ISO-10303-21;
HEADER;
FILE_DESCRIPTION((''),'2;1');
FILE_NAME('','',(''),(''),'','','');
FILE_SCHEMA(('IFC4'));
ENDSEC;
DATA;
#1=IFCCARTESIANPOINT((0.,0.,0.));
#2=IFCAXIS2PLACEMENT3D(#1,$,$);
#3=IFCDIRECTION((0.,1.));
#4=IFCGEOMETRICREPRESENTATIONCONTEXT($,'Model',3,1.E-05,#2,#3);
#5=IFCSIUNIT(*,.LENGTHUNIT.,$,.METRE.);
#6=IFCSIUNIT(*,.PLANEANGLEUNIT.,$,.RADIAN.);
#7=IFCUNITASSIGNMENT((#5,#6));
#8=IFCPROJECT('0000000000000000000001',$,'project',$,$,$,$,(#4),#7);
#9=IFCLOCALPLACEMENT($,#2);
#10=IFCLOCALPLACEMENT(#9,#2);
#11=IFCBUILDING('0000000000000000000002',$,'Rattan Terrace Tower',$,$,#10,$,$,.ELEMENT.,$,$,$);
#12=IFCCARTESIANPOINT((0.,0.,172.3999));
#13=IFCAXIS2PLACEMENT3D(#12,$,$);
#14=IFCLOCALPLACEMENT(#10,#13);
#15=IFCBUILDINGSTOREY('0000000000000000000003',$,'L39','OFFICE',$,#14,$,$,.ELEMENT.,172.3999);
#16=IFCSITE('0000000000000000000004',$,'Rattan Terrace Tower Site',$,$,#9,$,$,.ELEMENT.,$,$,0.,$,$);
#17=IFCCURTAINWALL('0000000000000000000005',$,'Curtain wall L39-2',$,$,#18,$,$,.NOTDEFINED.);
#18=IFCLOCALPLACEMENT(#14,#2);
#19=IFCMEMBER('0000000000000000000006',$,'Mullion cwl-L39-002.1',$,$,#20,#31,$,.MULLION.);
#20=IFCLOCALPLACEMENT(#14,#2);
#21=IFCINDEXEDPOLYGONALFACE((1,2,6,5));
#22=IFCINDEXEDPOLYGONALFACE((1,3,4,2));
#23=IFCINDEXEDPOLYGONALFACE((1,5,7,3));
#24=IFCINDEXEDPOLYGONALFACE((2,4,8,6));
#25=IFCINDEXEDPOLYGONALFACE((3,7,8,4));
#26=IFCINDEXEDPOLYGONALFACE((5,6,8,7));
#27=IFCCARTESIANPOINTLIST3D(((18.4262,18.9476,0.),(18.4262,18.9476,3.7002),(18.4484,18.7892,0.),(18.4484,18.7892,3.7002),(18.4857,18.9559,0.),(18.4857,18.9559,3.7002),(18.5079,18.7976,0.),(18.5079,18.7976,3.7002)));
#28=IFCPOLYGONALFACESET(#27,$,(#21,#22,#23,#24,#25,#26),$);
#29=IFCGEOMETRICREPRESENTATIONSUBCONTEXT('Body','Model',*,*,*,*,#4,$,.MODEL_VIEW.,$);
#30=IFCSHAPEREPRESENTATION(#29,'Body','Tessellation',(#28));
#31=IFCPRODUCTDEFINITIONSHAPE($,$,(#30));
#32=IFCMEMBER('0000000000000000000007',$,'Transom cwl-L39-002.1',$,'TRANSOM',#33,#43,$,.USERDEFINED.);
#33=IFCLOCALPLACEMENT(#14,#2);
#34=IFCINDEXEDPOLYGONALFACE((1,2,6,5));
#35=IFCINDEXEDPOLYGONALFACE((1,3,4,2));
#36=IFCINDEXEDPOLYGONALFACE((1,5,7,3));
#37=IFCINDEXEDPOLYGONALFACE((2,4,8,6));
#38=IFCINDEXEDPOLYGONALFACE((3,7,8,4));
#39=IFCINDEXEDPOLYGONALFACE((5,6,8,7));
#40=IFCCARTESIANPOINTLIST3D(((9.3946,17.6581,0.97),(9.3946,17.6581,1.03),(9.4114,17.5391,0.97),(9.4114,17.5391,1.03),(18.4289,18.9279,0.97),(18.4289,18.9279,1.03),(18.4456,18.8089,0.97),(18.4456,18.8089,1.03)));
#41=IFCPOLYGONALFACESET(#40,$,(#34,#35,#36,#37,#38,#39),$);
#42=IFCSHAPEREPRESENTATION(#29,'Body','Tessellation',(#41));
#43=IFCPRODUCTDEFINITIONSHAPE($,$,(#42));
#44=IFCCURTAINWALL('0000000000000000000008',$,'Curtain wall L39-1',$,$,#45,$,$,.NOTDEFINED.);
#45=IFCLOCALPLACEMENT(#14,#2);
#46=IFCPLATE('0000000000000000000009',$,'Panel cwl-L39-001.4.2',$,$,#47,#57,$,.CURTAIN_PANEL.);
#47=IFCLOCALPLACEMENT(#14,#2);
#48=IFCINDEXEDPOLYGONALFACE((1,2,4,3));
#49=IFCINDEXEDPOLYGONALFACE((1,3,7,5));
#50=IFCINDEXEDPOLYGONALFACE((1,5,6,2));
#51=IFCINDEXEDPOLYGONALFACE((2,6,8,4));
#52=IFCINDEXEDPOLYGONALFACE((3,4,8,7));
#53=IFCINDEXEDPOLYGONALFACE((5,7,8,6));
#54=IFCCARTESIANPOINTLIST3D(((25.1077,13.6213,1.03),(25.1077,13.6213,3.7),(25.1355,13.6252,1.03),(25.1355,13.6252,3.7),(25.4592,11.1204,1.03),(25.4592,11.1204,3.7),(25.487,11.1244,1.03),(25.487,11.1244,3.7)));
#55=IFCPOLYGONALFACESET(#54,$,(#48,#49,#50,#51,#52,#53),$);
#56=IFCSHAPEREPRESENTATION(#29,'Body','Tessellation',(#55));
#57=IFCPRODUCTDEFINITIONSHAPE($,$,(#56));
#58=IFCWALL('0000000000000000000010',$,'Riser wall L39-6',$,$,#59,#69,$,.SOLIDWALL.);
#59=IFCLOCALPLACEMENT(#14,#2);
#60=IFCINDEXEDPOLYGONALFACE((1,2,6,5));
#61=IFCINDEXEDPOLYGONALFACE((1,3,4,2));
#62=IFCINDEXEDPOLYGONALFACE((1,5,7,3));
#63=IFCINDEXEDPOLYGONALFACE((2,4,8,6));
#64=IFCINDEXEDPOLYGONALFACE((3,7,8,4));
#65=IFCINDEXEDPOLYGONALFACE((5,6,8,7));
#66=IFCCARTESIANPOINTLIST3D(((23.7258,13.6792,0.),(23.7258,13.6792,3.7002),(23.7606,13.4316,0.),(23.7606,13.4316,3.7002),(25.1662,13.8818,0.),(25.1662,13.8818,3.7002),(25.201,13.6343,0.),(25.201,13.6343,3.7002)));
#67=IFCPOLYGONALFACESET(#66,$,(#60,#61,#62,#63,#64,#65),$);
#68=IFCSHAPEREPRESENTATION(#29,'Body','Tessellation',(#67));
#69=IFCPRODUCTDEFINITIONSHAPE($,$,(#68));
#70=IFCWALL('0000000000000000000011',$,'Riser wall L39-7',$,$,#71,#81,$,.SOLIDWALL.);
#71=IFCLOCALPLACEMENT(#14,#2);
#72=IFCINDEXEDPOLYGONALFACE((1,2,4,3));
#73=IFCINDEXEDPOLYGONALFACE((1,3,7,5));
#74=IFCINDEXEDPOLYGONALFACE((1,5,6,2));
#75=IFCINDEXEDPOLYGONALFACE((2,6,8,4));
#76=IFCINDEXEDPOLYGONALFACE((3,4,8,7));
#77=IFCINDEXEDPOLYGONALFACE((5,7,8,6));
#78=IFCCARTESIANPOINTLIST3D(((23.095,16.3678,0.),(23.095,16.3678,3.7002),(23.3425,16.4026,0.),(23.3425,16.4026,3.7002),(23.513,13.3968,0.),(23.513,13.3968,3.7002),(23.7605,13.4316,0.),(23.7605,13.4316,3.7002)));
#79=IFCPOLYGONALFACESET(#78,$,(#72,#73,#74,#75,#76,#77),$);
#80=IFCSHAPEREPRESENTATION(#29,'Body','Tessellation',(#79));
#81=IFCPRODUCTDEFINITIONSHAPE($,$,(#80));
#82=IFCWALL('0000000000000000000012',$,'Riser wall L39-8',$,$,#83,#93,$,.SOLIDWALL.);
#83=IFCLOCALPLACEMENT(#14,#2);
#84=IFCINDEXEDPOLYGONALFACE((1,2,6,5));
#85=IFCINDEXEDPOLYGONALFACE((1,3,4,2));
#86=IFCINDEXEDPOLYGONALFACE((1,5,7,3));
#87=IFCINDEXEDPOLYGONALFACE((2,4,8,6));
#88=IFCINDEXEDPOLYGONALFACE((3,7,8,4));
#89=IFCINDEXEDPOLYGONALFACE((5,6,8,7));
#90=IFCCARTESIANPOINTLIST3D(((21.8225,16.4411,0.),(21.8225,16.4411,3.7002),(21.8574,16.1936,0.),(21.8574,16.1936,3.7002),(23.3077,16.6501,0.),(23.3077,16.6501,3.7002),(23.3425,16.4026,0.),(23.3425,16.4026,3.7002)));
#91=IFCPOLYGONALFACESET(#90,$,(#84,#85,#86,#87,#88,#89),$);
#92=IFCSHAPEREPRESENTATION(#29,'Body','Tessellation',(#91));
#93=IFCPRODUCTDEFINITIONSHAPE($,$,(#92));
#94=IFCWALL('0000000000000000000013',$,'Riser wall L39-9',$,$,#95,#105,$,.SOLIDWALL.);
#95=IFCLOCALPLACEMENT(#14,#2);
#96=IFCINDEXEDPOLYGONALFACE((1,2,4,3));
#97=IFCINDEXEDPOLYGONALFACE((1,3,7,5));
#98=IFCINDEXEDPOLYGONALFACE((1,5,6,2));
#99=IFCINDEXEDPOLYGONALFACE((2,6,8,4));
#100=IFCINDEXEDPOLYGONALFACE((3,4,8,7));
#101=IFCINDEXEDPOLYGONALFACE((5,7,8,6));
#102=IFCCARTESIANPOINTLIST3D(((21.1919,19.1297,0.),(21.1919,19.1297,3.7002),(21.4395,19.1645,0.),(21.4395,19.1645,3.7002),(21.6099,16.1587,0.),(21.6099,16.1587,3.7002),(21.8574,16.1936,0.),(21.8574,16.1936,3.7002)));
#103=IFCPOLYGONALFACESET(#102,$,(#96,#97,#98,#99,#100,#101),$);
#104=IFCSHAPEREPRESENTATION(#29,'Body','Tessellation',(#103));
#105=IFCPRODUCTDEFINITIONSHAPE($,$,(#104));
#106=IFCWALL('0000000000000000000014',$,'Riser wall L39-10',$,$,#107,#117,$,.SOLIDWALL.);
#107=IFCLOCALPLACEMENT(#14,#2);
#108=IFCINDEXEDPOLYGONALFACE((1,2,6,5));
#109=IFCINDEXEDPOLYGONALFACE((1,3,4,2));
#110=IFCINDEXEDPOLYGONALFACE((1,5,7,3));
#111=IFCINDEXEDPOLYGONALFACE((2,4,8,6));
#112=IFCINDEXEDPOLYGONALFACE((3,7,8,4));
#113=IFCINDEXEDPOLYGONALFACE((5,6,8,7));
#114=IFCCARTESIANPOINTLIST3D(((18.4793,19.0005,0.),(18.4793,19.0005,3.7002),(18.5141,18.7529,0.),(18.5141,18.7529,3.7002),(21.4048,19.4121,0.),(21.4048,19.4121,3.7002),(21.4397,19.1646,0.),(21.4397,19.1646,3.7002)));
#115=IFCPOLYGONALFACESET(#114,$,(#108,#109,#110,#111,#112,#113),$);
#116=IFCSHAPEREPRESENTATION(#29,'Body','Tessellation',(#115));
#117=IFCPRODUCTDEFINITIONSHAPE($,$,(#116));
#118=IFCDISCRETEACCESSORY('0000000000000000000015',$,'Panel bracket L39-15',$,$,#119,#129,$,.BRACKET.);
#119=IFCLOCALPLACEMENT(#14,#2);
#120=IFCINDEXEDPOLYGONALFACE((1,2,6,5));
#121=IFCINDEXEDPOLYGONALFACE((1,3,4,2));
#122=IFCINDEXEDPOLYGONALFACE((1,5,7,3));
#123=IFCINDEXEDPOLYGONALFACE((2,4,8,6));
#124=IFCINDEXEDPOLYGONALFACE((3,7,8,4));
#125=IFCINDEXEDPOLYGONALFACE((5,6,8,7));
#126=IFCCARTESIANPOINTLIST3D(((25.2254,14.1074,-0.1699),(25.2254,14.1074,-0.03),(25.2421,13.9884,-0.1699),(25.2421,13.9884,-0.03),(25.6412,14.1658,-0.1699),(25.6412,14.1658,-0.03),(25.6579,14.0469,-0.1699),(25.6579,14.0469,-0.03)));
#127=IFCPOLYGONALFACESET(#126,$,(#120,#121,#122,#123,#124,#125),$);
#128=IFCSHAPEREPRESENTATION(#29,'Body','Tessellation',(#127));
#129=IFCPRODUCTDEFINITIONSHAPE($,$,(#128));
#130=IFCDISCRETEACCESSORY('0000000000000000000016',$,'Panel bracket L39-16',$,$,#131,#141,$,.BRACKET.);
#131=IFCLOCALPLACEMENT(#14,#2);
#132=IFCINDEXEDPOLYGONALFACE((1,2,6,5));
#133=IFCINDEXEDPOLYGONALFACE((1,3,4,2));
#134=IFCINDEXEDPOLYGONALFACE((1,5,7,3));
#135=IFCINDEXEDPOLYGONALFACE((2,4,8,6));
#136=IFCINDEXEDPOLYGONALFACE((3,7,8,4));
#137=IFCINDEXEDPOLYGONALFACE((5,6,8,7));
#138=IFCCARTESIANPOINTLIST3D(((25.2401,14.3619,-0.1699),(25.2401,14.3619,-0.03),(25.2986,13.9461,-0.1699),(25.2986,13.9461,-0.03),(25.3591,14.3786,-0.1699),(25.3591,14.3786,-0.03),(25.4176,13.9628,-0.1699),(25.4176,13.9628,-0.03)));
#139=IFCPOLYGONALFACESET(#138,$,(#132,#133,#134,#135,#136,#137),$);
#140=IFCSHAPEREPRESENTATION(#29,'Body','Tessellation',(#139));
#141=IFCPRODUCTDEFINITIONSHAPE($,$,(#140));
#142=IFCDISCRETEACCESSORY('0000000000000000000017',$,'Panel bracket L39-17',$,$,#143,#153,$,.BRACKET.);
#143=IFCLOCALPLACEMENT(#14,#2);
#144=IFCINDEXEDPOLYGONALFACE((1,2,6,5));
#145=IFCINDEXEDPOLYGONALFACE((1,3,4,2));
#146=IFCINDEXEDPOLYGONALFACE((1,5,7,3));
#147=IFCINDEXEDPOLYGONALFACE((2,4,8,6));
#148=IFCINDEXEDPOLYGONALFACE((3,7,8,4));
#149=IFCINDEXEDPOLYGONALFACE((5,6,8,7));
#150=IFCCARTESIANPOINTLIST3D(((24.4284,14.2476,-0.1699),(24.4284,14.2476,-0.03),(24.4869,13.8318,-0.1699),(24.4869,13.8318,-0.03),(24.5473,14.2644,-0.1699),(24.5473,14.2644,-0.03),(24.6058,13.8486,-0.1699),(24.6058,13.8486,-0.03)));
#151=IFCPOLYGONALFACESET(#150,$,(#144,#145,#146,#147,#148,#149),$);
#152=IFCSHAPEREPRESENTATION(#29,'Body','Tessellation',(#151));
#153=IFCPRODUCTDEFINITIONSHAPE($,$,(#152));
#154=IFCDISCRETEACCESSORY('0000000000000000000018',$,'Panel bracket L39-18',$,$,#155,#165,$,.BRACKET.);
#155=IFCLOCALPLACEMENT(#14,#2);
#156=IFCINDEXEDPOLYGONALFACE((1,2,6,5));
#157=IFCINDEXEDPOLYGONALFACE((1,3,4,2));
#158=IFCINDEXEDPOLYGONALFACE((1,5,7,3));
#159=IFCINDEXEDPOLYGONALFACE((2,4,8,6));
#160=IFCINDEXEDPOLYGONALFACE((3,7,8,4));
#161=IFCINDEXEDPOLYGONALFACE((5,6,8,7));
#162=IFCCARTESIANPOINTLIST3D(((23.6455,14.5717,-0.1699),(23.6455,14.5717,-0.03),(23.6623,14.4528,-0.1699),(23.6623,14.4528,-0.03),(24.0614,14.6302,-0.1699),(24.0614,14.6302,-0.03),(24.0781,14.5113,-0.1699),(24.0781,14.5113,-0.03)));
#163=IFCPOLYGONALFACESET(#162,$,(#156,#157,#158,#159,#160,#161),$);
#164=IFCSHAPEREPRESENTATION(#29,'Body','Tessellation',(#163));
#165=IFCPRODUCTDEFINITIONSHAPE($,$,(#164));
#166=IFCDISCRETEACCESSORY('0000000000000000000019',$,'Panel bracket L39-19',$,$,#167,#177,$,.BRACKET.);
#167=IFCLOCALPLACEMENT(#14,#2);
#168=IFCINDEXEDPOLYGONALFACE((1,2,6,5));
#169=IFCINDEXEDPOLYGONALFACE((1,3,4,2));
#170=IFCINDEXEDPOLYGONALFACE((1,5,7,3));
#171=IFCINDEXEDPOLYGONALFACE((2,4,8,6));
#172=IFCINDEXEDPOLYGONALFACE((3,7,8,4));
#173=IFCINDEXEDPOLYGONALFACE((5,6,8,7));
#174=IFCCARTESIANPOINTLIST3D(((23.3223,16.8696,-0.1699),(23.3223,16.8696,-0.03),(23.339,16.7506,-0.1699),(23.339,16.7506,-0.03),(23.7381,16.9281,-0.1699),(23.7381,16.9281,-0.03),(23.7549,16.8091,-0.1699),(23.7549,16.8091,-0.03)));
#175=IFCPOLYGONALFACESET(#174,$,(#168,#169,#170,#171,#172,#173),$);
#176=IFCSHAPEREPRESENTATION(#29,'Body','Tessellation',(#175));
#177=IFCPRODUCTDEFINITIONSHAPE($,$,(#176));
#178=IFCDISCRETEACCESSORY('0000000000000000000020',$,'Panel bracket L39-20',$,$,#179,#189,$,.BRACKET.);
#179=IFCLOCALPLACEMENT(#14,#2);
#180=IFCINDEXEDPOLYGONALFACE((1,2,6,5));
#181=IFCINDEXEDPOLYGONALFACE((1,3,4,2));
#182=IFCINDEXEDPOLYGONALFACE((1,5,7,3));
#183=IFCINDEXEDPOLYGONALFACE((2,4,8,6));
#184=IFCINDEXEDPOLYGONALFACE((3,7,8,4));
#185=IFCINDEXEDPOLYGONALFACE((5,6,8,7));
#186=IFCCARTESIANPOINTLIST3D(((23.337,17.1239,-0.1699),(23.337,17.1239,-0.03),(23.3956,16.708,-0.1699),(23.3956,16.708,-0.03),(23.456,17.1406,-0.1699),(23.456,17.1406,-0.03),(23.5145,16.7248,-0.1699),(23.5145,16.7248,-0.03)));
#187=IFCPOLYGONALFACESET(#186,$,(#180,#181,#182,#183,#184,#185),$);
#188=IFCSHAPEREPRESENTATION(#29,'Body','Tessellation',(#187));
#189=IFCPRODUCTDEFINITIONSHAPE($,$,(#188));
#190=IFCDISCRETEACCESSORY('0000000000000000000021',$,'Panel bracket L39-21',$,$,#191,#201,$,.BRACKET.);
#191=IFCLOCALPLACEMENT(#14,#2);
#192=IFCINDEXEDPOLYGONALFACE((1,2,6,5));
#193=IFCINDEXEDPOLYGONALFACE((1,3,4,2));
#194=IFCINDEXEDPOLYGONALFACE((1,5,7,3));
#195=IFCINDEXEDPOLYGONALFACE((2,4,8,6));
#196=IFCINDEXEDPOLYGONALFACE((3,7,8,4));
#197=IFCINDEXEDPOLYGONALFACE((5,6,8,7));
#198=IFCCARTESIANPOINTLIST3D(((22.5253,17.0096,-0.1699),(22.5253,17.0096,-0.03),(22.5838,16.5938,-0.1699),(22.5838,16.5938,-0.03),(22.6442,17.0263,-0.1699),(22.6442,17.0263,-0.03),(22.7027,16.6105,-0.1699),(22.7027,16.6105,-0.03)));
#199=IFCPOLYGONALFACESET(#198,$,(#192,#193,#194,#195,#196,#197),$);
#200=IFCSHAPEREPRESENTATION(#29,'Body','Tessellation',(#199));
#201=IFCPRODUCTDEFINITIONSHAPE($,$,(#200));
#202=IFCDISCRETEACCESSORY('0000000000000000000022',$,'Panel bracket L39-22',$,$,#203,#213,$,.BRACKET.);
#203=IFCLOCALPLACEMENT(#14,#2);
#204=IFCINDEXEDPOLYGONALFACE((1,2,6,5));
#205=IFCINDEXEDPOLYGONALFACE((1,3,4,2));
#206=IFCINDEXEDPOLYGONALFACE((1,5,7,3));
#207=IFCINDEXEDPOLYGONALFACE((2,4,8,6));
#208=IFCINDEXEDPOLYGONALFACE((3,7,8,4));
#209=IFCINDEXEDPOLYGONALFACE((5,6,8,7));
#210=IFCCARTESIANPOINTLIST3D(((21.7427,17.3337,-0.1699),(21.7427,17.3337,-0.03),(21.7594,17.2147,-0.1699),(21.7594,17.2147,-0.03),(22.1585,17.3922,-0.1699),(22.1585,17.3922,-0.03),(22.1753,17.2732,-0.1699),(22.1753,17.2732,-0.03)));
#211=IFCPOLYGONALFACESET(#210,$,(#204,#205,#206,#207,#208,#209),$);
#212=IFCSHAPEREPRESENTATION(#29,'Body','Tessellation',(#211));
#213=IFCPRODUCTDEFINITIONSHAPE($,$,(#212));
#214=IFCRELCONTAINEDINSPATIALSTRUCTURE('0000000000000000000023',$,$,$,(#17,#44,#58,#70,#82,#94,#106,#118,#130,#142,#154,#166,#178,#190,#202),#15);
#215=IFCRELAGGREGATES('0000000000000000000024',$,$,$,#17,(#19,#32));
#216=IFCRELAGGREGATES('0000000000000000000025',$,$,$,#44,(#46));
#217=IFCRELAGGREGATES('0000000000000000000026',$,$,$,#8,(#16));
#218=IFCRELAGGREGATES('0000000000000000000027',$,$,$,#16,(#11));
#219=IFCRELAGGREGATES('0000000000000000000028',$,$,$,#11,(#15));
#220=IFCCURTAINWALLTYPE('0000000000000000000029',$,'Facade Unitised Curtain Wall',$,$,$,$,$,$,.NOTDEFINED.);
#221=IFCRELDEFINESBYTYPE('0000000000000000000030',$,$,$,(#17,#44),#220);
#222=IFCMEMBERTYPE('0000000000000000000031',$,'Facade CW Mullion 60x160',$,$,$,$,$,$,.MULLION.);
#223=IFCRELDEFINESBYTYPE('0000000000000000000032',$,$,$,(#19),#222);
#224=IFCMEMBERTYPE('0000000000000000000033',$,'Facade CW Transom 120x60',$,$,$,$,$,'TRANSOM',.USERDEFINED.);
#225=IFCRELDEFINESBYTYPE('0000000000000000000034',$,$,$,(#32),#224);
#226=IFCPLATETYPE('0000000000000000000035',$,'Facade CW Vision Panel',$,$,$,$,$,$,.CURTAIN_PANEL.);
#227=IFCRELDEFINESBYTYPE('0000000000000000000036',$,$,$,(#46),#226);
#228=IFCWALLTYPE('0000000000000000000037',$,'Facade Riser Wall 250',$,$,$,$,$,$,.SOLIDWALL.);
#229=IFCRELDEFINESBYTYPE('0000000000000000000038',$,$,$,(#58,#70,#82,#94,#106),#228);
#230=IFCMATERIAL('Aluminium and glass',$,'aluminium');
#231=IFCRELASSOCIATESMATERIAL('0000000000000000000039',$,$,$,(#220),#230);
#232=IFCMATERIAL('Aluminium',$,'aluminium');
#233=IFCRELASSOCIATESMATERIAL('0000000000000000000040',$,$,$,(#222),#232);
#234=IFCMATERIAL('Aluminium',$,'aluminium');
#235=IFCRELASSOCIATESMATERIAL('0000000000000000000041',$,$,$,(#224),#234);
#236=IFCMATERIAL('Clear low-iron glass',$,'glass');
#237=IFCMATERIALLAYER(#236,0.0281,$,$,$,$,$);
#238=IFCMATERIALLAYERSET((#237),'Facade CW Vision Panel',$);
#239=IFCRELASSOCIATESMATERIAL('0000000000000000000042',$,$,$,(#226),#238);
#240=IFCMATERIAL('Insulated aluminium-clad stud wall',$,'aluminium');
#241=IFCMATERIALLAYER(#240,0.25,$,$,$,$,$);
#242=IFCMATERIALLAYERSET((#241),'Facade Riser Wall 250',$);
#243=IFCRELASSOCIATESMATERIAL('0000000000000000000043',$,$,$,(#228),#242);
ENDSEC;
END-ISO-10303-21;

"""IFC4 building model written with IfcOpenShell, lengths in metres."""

from ifc_helpers import new_model, si_unit, direction, frame, frame_2d, origin, origin_2d, place, context, subcontext, project, spatial, rectangle, extrude, material, layer, layer_set, material_profile, profile_set, type_object, element, aggregate, save


model = new_model("IFC4")

# Units and contexts
model_context = context("Model", 3, precision=1e-05, world=origin(), true_north=direction((0.0, 1.0)))
body_context = subcontext(model_context, "Body", "Model", "MODEL_VIEW")
ifc_project = project(units=[si_unit("LENGTHUNIT", "METRE"), si_unit("PLANEANGLEUNIT", "RADIAN")], contexts=[model_context])

# Site, building, storey
site_placement = place(None, origin())
site = spatial("IfcSite", under=ifc_project, at=site_placement, Name="Rattan Terrace Tower Site", CompositionType="ELEMENT", RefElevation=0.0)
building_placement = place(site_placement, origin())
building = spatial("IfcBuilding", under=site, at=building_placement, Name="Rattan Terrace Tower", CompositionType="ELEMENT")
storey_placement = place(building_placement, frame((0.0, 0.0, 172.3999)))
storey = spatial("IfcBuildingStorey", under=building, at=storey_placement, Name="L39", Description="OFFICE", CompositionType="ELEMENT", Elevation=172.3999)

# Curtain wall, members
ifc_material_1 = material(Name="Aluminium and glass", Category="aluminium")
curtain_wall_type = type_object("IfcCurtainWallType", Name="Facade Unitised Curtain Wall", PredefinedType="NOTDEFINED", material=ifc_material_1)
curtain_wall_1_placement = place(storey_placement, origin())
curtain_wall_1 = element("IfcCurtainWall", 1, at=curtain_wall_1_placement, inside=storey, type_object=curtain_wall_type, Name="Curtain wall L39-2", PredefinedType="NOTDEFINED")
ifc_material_2 = material(Name="Aluminium", Category="aluminium")
ifc_material_profile_1 = material_profile(ifc_material_2, rectangle(XDim=0.0601, YDim=0.1599, at=origin_2d()), Name="Aluminium 60x160")
ifc_profile_set_1 = profile_set([ifc_material_profile_1], Name="Aluminium")
member_type_1 = type_object("IfcMemberType", Name="Facade CW Mullion 60x160", PredefinedType="MULLION", material=ifc_profile_set_1)
member_1_placement = place(storey_placement, frame((18.467, 18.8726, 0.0), z_axis=(0.0, 0.0, 1.0), x_axis=(-0.99027, -0.139161, 0.0)))
member_1 = element("IfcMember", 2, at=member_1_placement, type_object=member_type_1, Name="Mullion cwl-L39-002.1", PredefinedType="MULLION", context=body_context, shape_type="SweptSolid", body=[
    extrude(rectangle(XDim=0.0601, YDim=0.1599, at=origin_2d()), origin(), (0.0, 0.0, 1.0), 3.7002),
])
ifc_material_3 = material(Name="Aluminium", Category="aluminium")
ifc_material_profile_2 = material_profile(ifc_material_3, rectangle(XDim=0.1201, YDim=0.0601, at=origin_2d()), Name="Aluminium 120x60")
ifc_profile_set_2 = profile_set([ifc_material_profile_2], Name="Aluminium")
member_type_2 = type_object("IfcMemberType", Name="Facade CW Transom 120x60", ElementType="TRANSOM", PredefinedType="USERDEFINED", material=ifc_profile_set_2)
member_2_placement = place(storey_placement, frame((18.4373, 18.8684, 1.0), z_axis=(-0.990266, -0.139184, 0.0), x_axis=(0.139184, -0.990266, 0.0)))
member_2 = element("IfcMember", 3, at=member_2_placement, type_object=member_type_2, Name="Transom cwl-L39-002.1", ObjectType="TRANSOM", PredefinedType="USERDEFINED", context=body_context, shape_type="SweptSolid", body=[
    extrude(rectangle(XDim=0.1201, YDim=0.0601, at=origin_2d()), origin(), (0.0, 0.0, 1.0), 9.123),
])
aggregate(curtain_wall_1, [member_1, member_2])

# Curtain wall, plate
curtain_wall_2_placement = place(storey_placement, origin())
curtain_wall_2 = element("IfcCurtainWall", 4, at=curtain_wall_2_placement, inside=storey, type_object=curtain_wall_type, Name="Curtain wall L39-1", PredefinedType="NOTDEFINED")
ifc_material_4 = material(Name="Clear low-iron glass", Category="glass")
ifc_layer_1 = layer(ifc_material_4, 0.0281)
ifc_layer_set_1 = layer_set([ifc_layer_1], Name="Facade CW Vision Panel")
plate_type = type_object("IfcPlateType", Name="Facade CW Vision Panel", PredefinedType="CURTAIN_PANEL", material=ifc_layer_set_1)
plate_placement = place(storey_placement, frame((25.2974, 12.3728, 1.03), z_axis=(0.0, 0.0, 1.0), x_axis=(-0.139191, 0.990266, 0.0)))
plate = element("IfcPlate", 5, at=plate_placement, type_object=plate_type, Name="Panel cwl-L39-001.4.2", PredefinedType="CURTAIN_PANEL", context=body_context, shape_type="SweptSolid", body=[
    extrude(rectangle(XDim=2.5254, YDim=0.0281, at=origin_2d()), origin(), (0.0, 0.0, 1.0), 2.6699),
])
aggregate(curtain_wall_2, [plate])

# Walls
ifc_material_5 = material(Name="Insulated aluminium-clad stud wall", Category="aluminium")
ifc_layer_2 = layer(ifc_material_5, 0.25)
ifc_layer_set_2 = layer_set([ifc_layer_2], Name="Facade Riser Wall 250")
wall_type = type_object("IfcWallType", Name="Facade Riser Wall 250", PredefinedType="SOLIDWALL", material=ifc_layer_set_2)
wall_1_placement = place(storey_placement, frame((25.1836, 13.7581, 0.0), z_axis=(0.0, 0.0, 1.0), x_axis=(-0.990249, -0.139306, 0.0)))
element("IfcWall", 6, at=wall_1_placement, inside=storey, type_object=wall_type, Name="Riser wall L39-6", PredefinedType="SOLIDWALL", context=body_context, shape_type="SweptSolid", body=[
    extrude(rectangle(XDim=1.4546, YDim=0.25, at=frame_2d((0.7273, 0.0))), origin(), (0.0, 0.0, 1.0), 3.7002),
])
wall_2_placement = place(storey_placement, frame((23.6367, 13.4143, 0.0), z_axis=(0.0, 0.0, 1.0), x_axis=(-0.139313, 0.990248, 0.0)))
element("IfcWall", 7, at=wall_2_placement, inside=storey, type_object=wall_type, Name="Riser wall L39-7", PredefinedType="SOLIDWALL", context=body_context, shape_type="SweptSolid", body=[
    extrude(rectangle(XDim=3.0002, YDim=0.25, at=frame_2d((1.5, 0.0))), origin(), (0.0, 0.0, 1.0), 3.7002),
])
wall_3_placement = place(storey_placement, frame((23.3252, 16.5264, 0.0), z_axis=(0.0, 0.0, 1.0), x_axis=(-0.990244, -0.139347, 0.0)))
element("IfcWall", 8, at=wall_3_placement, inside=storey, type_object=wall_type, Name="Riser wall L39-8", PredefinedType="SOLIDWALL", context=body_context, shape_type="SweptSolid", body=[
    extrude(rectangle(XDim=1.4998, YDim=0.25, at=frame_2d((0.75, 0.0))), origin(), (0.0, 0.0, 1.0), 3.7002),
])
wall_4_placement = place(storey_placement, frame((21.7336, 16.1763, 0.0), z_axis=(0.0, 0.0, 1.0), x_axis=(-0.139313, 0.990248, 0.0)))
element("IfcWall", 9, at=wall_4_placement, inside=storey, type_object=wall_type, Name="Riser wall L39-9", PredefinedType="SOLIDWALL", context=body_context, shape_type="SweptSolid", body=[
    extrude(rectangle(XDim=3.0002, YDim=0.25, at=frame_2d((1.5, 0.0))), origin(), (0.0, 0.0, 1.0), 3.7002),
])
wall_5_placement = place(storey_placement, frame((21.4221, 19.2883, 0.0), z_axis=(0.0, 0.0, 1.0), x_axis=(-0.990246, -0.139327, 0.0)))
element("IfcWall", 10, at=wall_5_placement, inside=storey, type_object=wall_type, Name="Riser wall L39-10", PredefinedType="SOLIDWALL", context=body_context, shape_type="SweptSolid", body=[
    extrude(rectangle(XDim=2.9543, YDim=0.25, at=frame_2d((1.4771, 0.0))), origin(), (0.0, 0.0, 1.0), 3.7002),
])

# Discrete accessories
for number, where, z_axis, x_axis, name in (
    (11, (25.4417, 14.0771, -0.1699), (0.0, 0.0, 1.0), (-0.139191, 0.990266, 0.0), "Panel bracket L39-15"),
    (12, (25.3289, 14.1624, -0.1699), (0.0, 0.0, 1.0), (-0.990241, -0.139367, 0.0), "Panel bracket L39-16"),
    (13, (24.5171, 14.0481, -0.1699), (0.0, 0.0, 1.0), (-0.990241, -0.139367, 0.0), "Panel bracket L39-17"),
    (14, (23.8618, 14.5415, -0.1699), (0.0, 0.0, 1.0), (-0.139321, 0.990247, 0.0), "Panel bracket L39-18"),
    (15, (23.5386, 16.8394, -0.1699), (0.0, 0.0, 1.0), (-0.139321, 0.990247, 0.0), "Panel bracket L39-19"),
    (16, (23.4258, 16.9243, -0.1699), (0.0, 0.0, 1.0), (-0.990241, -0.139367, 0.0), "Panel bracket L39-20"),
    (17, (22.614, 16.8101, -0.1699), (0.0, 0.0, 1.0), (-0.990241, -0.139367, 0.0), "Panel bracket L39-21"),
    (18, (21.959, 17.3035, -0.1699), (0.0, 0.0, 1.0), (-0.139321, 0.990247, 0.0), "Panel bracket L39-22"),
):
    element("IfcDiscreteAccessory", number, at=place(storey_placement, frame(where, z_axis=z_axis, x_axis=x_axis)), inside=storey, Name=name, PredefinedType="BRACKET", context=body_context, shape_type="SweptSolid", body=[
        extrude(rectangle(XDim=0.1201, YDim=0.4199, at=origin_2d()), origin(), (0.0, 0.0, 1.0), 0.1399),
    ])

save(model, "model.ifc")
